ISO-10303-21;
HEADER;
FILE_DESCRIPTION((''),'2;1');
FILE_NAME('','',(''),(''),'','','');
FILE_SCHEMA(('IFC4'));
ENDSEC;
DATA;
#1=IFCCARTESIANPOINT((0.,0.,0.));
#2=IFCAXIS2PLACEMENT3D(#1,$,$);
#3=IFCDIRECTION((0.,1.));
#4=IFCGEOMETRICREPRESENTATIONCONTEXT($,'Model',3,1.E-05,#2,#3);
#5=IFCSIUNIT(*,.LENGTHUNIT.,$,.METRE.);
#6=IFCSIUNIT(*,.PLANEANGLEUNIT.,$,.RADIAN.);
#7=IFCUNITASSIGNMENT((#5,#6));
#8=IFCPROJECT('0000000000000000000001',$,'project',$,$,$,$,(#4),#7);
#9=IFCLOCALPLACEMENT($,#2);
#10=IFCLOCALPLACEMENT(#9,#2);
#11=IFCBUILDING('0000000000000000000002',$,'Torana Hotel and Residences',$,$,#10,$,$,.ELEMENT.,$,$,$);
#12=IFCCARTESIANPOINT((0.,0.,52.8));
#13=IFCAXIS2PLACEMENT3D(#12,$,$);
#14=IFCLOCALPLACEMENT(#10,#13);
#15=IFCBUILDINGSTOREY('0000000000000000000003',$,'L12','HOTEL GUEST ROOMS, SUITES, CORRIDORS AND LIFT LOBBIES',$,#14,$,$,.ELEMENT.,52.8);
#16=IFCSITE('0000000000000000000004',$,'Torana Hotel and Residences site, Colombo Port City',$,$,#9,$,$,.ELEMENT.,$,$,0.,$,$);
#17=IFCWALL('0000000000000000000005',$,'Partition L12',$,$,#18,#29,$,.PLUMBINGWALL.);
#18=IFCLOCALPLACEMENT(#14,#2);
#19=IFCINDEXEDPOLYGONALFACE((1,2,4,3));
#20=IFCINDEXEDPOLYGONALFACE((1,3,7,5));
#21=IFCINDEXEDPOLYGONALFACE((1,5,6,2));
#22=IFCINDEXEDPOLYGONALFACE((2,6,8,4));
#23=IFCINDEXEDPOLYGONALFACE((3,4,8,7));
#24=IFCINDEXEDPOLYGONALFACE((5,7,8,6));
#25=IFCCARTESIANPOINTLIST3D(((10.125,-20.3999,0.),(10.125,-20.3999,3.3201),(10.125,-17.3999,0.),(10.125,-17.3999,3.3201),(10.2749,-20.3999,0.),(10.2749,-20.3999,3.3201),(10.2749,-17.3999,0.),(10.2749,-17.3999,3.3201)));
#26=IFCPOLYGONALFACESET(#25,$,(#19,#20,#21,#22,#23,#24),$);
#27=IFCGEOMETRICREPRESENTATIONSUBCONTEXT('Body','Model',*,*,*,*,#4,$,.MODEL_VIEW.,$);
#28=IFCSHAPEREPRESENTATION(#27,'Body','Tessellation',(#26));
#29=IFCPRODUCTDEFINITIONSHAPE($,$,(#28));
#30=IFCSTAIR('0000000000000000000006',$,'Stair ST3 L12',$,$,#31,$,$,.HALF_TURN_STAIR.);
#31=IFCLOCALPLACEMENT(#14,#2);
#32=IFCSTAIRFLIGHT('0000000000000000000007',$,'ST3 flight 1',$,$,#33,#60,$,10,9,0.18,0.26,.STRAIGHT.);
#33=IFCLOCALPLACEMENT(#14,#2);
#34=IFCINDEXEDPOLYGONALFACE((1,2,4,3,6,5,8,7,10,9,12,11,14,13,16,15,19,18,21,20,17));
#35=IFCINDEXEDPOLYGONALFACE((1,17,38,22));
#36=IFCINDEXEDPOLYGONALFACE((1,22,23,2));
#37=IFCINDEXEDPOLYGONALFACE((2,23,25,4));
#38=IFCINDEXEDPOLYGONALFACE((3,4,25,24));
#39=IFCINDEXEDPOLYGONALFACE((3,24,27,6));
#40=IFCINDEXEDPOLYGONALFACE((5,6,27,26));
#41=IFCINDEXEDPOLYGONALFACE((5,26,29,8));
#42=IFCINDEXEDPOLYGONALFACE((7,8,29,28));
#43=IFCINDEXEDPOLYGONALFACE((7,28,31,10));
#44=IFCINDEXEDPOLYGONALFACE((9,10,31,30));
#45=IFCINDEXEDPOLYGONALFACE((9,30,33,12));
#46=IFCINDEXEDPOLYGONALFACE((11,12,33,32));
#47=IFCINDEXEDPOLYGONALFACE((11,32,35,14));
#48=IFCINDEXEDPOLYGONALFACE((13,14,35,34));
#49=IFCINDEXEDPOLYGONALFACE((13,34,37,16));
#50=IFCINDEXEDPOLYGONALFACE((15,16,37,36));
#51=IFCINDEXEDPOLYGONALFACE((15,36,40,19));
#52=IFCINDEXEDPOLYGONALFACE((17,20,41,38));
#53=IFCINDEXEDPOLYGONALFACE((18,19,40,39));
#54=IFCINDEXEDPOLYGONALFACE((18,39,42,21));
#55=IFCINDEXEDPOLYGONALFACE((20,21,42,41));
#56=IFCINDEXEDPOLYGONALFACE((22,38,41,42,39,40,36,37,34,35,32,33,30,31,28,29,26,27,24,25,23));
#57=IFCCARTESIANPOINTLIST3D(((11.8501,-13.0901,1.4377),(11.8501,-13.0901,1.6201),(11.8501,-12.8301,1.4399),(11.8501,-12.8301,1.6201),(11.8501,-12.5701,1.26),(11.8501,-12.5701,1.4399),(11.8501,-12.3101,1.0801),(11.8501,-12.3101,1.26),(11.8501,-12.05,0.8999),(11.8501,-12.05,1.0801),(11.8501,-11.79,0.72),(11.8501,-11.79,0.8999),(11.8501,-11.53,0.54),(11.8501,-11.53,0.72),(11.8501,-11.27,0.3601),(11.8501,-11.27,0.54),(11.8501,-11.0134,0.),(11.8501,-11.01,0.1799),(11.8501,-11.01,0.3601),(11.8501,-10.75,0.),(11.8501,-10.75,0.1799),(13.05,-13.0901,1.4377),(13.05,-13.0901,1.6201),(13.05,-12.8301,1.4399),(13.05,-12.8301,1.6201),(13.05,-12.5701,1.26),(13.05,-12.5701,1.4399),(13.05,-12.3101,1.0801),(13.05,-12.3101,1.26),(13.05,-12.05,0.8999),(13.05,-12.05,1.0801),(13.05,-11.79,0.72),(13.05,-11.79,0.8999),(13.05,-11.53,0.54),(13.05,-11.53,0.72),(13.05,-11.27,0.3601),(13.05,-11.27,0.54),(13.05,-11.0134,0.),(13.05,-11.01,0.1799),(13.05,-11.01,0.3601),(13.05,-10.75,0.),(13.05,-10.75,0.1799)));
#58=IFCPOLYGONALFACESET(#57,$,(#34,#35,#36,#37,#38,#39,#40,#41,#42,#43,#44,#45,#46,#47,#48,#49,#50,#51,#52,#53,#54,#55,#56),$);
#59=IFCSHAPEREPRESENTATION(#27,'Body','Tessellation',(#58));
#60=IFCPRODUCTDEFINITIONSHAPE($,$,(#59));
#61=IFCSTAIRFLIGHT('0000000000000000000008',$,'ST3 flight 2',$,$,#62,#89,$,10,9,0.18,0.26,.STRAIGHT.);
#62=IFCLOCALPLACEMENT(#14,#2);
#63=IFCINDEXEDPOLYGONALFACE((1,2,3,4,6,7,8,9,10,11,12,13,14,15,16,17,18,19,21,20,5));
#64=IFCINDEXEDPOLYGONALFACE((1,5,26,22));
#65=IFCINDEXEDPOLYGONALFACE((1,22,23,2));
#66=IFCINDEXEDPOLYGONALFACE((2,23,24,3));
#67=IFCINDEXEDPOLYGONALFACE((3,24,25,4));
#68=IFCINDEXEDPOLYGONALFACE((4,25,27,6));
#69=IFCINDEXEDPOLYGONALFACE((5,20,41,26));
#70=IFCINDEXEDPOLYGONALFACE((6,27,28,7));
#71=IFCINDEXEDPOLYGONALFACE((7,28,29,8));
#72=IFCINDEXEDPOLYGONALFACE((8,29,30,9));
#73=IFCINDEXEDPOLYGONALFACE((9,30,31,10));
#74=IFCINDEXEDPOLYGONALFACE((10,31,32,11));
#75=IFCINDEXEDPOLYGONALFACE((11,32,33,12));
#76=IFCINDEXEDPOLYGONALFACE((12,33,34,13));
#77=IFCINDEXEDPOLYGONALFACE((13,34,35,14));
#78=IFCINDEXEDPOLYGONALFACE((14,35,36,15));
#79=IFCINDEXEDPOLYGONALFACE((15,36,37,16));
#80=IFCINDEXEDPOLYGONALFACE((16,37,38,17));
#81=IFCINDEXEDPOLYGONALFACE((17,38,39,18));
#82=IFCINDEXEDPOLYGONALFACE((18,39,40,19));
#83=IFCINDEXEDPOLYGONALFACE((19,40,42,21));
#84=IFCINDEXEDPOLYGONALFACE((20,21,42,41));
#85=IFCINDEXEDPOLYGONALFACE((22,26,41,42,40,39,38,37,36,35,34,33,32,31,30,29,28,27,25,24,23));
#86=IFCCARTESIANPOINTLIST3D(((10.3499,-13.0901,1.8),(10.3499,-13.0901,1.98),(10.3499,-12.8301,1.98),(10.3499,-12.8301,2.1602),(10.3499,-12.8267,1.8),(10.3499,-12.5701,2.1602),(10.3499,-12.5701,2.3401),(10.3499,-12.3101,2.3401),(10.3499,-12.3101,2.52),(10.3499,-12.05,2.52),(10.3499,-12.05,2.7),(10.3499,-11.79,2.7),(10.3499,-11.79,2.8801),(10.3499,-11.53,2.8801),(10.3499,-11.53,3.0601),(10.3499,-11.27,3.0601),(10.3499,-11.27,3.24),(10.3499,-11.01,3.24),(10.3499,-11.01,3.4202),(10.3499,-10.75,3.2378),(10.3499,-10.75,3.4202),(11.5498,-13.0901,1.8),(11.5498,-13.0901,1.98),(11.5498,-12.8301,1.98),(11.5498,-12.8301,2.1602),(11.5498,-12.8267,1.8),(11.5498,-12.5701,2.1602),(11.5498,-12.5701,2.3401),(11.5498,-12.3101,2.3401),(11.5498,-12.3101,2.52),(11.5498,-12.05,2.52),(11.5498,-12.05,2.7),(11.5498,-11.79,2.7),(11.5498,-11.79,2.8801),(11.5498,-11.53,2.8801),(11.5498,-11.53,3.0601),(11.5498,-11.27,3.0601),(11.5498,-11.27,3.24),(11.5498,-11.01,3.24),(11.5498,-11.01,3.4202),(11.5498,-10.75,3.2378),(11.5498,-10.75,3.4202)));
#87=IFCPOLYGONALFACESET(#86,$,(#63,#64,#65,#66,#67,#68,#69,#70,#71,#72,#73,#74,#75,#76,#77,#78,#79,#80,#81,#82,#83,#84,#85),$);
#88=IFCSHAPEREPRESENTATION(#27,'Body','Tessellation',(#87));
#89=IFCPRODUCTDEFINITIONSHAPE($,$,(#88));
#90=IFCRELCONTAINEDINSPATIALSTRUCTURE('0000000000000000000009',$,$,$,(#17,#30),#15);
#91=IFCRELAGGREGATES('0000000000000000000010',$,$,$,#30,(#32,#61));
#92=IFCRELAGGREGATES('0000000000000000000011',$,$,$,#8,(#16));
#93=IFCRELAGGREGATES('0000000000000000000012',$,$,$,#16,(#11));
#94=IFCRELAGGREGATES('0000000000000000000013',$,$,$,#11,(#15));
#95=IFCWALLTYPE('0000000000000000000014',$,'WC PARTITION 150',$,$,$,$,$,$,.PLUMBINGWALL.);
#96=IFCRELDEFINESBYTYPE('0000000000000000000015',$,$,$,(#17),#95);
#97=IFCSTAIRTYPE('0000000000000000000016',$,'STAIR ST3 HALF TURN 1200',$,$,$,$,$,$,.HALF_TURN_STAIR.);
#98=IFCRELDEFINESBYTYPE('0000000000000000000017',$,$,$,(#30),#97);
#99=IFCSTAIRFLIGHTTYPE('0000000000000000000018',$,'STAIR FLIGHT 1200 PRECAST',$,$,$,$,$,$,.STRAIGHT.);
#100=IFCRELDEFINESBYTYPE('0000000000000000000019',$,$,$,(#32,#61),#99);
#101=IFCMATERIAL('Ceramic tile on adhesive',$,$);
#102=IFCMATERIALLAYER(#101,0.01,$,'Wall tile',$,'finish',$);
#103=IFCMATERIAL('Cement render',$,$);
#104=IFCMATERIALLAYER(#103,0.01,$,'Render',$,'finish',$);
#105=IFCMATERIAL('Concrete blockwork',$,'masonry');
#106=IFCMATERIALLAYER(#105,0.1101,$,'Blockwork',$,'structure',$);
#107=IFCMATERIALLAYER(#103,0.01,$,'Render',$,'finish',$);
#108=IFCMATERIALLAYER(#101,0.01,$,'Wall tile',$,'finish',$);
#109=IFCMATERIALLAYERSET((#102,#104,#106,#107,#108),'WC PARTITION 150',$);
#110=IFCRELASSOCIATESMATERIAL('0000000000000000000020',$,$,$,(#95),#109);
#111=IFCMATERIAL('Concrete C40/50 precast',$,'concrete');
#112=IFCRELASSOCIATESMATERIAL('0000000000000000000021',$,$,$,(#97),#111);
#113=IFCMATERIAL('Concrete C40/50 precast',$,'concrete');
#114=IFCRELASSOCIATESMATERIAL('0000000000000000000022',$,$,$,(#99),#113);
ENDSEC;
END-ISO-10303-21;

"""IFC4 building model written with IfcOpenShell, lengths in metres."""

from ifc_helpers import new_model, si_unit, direction, frame, frame_2d, origin, place, context, subcontext, project, spatial, polyline, rectangle, outline, extrude, material, layer, layer_set, type_object, element, aggregate, save


model = new_model("IFC4")

# Units and contexts
model_context = context("Model", 3, precision=1e-05, world=origin(), true_north=direction((0.0, 1.0)))
body_context = subcontext(model_context, "Body", "Model", "MODEL_VIEW")
ifc_project = project(units=[si_unit("LENGTHUNIT", "METRE"), si_unit("PLANEANGLEUNIT", "RADIAN")], contexts=[model_context])

# Site, building, storey
site_placement = place(None, origin())
site = spatial("IfcSite", under=ifc_project, at=site_placement, Name="Torana Hotel and Residences site, Colombo Port City", CompositionType="ELEMENT", RefElevation=0.0)
building_placement = place(site_placement, origin())
building = spatial("IfcBuilding", under=site, at=building_placement, Name="Torana Hotel and Residences", CompositionType="ELEMENT")
storey_placement = place(building_placement, frame((0.0, 0.0, 52.8)))
storey = spatial("IfcBuildingStorey", under=building, at=storey_placement, Name="L12", Description="HOTEL GUEST ROOMS, SUITES, CORRIDORS AND LIFT LOBBIES", CompositionType="ELEMENT", Elevation=52.8)

# Wall
ifc_material_1 = material(Name="Ceramic tile on adhesive")
ifc_layer_1 = layer(ifc_material_1, 0.01, Name="Wall tile", Category="finish")
ifc_material_2 = material(Name="Cement render")
ifc_layer_2 = layer(ifc_material_2, 0.01, Name="Render", Category="finish")
ifc_material_3 = material(Name="Concrete blockwork", Category="masonry")
ifc_layer_3 = layer(ifc_material_3, 0.1101, Name="Blockwork", Category="structure")
ifc_layer_4 = layer(ifc_material_2, 0.01, Name="Render", Category="finish")
ifc_layer_5 = layer(ifc_material_1, 0.01, Name="Wall tile", Category="finish")
ifc_layer_set_1 = layer_set([ifc_layer_1, ifc_layer_2, ifc_layer_3, ifc_layer_4, ifc_layer_5], Name="WC PARTITION 150")
wall_type_1 = type_object("IfcWallType", Name="WC PARTITION 150", PredefinedType="PLUMBINGWALL", material=ifc_layer_set_1)
wall_1_placement = place(storey_placement, frame((10.2, -20.3999, 0.0), z_axis=(0.0, 0.0, 1.0), x_axis=(0.0, 1.0, 0.0)))
element("IfcWall", 1, at=wall_1_placement, inside=storey, type_object=wall_type_1, Name="Partition L12", PredefinedType="PLUMBINGWALL", context=body_context, shape_type="SweptSolid", body=[
    extrude(rectangle(XDim=3.0, YDim=0.1499, at=frame_2d((1.5, 0.0))), origin(), (0.0, 0.0, 1.0), 3.3201),
])

# Stair, stair flights
ifc_material_4 = material(Name="Concrete C40/50 precast", Category="concrete")
stair_type = type_object("IfcStairType", Name="STAIR ST3 HALF TURN 1200", PredefinedType="HALF_TURN_STAIR", material=ifc_material_4)
stair_placement = place(storey_placement, origin())
stair = element("IfcStair", 2, at=stair_placement, inside=storey, type_object=stair_type, Name="Stair ST3 L12", PredefinedType="HALF_TURN_STAIR")
ifc_material_5 = material(Name="Concrete C40/50 precast", Category="concrete")
stair_flight_type = type_object("IfcStairFlightType", Name="STAIR FLIGHT 1200 PRECAST", PredefinedType="STRAIGHT", material=ifc_material_5)
stair_flight_1_placement = place(storey_placement, frame((12.45, -10.75, 0.0), z_axis=(0.0, 0.0, 1.0), x_axis=(0.0, -1.0, 0.0)))
stair_flight_1 = element("IfcStairFlight", 3, at=stair_flight_1_placement, type_object=stair_flight_type, Name="ST3 flight 1", NumberOfRisers=10, NumberOfTreads=9, PredefinedType="STRAIGHT", RiserHeight=0.18, TreadLength=0.26, context=body_context, shape_type="SweptSolid", body=[
    extrude(outline(polyline([(0.0, 0.0), (0.0, 0.1799), (0.26, 0.1799), (0.26, 0.3601), (0.52, 0.3601), (0.52, 0.54), (0.78, 0.54), (0.78, 0.72), (1.04, 0.72), (1.04, 0.8999), (1.3, 0.8999), (1.3, 1.0801), (1.5601, 1.0801), (1.5601, 1.26), (1.8201, 1.26), (1.8201, 1.4399), (2.0801, 1.4399), (2.0801, 1.6201), (2.3401, 1.6201), (2.3401, 1.8), (2.3401, 1.4377), (0.2634, 0.0), (0.0, 0.0)])), frame((0.0, 0.6001, 0.0), z_axis=(0.0, -1.0, 0.0), x_axis=(1.0, 0.0, 0.0)), (0.0, 0.0, 1.0), 1.2),
])
stair_flight_2_placement = place(storey_placement, frame((10.95, -13.0901, 1.8), z_axis=(0.0, 0.0, 1.0), x_axis=(0.0, 1.0, 0.0)))
stair_flight_2 = element("IfcStairFlight", 4, at=stair_flight_2_placement, type_object=stair_flight_type, Name="ST3 flight 2", NumberOfRisers=10, NumberOfTreads=9, PredefinedType="STRAIGHT", RiserHeight=0.18, TreadLength=0.26, context=body_context, shape_type="SweptSolid", body=[
    extrude(outline(polyline([(0.0, 0.0), (0.0, 0.1799), (0.26, 0.1799), (0.26, 0.3601), (0.52, 0.3601), (0.52, 0.54), (0.78, 0.54), (0.78, 0.72), (1.04, 0.72), (1.04, 0.8999), (1.3, 0.8999), (1.3, 1.0801), (1.5601, 1.0801), (1.5601, 1.26), (1.8201, 1.26), (1.8201, 1.4399), (2.0801, 1.4399), (2.0801, 1.6201), (2.3401, 1.6201), (2.3401, 1.8), (2.3401, 1.4377), (0.2634, 0.0), (0.0, 0.0)])), frame((0.0, 0.6001, 0.0), z_axis=(0.0, -1.0, 0.0), x_axis=(1.0, 0.0, 0.0)), (0.0, 0.0, 1.0), 1.2),
])
aggregate(stair, [stair_flight_1, stair_flight_2])

save(model, "model.ifc")
